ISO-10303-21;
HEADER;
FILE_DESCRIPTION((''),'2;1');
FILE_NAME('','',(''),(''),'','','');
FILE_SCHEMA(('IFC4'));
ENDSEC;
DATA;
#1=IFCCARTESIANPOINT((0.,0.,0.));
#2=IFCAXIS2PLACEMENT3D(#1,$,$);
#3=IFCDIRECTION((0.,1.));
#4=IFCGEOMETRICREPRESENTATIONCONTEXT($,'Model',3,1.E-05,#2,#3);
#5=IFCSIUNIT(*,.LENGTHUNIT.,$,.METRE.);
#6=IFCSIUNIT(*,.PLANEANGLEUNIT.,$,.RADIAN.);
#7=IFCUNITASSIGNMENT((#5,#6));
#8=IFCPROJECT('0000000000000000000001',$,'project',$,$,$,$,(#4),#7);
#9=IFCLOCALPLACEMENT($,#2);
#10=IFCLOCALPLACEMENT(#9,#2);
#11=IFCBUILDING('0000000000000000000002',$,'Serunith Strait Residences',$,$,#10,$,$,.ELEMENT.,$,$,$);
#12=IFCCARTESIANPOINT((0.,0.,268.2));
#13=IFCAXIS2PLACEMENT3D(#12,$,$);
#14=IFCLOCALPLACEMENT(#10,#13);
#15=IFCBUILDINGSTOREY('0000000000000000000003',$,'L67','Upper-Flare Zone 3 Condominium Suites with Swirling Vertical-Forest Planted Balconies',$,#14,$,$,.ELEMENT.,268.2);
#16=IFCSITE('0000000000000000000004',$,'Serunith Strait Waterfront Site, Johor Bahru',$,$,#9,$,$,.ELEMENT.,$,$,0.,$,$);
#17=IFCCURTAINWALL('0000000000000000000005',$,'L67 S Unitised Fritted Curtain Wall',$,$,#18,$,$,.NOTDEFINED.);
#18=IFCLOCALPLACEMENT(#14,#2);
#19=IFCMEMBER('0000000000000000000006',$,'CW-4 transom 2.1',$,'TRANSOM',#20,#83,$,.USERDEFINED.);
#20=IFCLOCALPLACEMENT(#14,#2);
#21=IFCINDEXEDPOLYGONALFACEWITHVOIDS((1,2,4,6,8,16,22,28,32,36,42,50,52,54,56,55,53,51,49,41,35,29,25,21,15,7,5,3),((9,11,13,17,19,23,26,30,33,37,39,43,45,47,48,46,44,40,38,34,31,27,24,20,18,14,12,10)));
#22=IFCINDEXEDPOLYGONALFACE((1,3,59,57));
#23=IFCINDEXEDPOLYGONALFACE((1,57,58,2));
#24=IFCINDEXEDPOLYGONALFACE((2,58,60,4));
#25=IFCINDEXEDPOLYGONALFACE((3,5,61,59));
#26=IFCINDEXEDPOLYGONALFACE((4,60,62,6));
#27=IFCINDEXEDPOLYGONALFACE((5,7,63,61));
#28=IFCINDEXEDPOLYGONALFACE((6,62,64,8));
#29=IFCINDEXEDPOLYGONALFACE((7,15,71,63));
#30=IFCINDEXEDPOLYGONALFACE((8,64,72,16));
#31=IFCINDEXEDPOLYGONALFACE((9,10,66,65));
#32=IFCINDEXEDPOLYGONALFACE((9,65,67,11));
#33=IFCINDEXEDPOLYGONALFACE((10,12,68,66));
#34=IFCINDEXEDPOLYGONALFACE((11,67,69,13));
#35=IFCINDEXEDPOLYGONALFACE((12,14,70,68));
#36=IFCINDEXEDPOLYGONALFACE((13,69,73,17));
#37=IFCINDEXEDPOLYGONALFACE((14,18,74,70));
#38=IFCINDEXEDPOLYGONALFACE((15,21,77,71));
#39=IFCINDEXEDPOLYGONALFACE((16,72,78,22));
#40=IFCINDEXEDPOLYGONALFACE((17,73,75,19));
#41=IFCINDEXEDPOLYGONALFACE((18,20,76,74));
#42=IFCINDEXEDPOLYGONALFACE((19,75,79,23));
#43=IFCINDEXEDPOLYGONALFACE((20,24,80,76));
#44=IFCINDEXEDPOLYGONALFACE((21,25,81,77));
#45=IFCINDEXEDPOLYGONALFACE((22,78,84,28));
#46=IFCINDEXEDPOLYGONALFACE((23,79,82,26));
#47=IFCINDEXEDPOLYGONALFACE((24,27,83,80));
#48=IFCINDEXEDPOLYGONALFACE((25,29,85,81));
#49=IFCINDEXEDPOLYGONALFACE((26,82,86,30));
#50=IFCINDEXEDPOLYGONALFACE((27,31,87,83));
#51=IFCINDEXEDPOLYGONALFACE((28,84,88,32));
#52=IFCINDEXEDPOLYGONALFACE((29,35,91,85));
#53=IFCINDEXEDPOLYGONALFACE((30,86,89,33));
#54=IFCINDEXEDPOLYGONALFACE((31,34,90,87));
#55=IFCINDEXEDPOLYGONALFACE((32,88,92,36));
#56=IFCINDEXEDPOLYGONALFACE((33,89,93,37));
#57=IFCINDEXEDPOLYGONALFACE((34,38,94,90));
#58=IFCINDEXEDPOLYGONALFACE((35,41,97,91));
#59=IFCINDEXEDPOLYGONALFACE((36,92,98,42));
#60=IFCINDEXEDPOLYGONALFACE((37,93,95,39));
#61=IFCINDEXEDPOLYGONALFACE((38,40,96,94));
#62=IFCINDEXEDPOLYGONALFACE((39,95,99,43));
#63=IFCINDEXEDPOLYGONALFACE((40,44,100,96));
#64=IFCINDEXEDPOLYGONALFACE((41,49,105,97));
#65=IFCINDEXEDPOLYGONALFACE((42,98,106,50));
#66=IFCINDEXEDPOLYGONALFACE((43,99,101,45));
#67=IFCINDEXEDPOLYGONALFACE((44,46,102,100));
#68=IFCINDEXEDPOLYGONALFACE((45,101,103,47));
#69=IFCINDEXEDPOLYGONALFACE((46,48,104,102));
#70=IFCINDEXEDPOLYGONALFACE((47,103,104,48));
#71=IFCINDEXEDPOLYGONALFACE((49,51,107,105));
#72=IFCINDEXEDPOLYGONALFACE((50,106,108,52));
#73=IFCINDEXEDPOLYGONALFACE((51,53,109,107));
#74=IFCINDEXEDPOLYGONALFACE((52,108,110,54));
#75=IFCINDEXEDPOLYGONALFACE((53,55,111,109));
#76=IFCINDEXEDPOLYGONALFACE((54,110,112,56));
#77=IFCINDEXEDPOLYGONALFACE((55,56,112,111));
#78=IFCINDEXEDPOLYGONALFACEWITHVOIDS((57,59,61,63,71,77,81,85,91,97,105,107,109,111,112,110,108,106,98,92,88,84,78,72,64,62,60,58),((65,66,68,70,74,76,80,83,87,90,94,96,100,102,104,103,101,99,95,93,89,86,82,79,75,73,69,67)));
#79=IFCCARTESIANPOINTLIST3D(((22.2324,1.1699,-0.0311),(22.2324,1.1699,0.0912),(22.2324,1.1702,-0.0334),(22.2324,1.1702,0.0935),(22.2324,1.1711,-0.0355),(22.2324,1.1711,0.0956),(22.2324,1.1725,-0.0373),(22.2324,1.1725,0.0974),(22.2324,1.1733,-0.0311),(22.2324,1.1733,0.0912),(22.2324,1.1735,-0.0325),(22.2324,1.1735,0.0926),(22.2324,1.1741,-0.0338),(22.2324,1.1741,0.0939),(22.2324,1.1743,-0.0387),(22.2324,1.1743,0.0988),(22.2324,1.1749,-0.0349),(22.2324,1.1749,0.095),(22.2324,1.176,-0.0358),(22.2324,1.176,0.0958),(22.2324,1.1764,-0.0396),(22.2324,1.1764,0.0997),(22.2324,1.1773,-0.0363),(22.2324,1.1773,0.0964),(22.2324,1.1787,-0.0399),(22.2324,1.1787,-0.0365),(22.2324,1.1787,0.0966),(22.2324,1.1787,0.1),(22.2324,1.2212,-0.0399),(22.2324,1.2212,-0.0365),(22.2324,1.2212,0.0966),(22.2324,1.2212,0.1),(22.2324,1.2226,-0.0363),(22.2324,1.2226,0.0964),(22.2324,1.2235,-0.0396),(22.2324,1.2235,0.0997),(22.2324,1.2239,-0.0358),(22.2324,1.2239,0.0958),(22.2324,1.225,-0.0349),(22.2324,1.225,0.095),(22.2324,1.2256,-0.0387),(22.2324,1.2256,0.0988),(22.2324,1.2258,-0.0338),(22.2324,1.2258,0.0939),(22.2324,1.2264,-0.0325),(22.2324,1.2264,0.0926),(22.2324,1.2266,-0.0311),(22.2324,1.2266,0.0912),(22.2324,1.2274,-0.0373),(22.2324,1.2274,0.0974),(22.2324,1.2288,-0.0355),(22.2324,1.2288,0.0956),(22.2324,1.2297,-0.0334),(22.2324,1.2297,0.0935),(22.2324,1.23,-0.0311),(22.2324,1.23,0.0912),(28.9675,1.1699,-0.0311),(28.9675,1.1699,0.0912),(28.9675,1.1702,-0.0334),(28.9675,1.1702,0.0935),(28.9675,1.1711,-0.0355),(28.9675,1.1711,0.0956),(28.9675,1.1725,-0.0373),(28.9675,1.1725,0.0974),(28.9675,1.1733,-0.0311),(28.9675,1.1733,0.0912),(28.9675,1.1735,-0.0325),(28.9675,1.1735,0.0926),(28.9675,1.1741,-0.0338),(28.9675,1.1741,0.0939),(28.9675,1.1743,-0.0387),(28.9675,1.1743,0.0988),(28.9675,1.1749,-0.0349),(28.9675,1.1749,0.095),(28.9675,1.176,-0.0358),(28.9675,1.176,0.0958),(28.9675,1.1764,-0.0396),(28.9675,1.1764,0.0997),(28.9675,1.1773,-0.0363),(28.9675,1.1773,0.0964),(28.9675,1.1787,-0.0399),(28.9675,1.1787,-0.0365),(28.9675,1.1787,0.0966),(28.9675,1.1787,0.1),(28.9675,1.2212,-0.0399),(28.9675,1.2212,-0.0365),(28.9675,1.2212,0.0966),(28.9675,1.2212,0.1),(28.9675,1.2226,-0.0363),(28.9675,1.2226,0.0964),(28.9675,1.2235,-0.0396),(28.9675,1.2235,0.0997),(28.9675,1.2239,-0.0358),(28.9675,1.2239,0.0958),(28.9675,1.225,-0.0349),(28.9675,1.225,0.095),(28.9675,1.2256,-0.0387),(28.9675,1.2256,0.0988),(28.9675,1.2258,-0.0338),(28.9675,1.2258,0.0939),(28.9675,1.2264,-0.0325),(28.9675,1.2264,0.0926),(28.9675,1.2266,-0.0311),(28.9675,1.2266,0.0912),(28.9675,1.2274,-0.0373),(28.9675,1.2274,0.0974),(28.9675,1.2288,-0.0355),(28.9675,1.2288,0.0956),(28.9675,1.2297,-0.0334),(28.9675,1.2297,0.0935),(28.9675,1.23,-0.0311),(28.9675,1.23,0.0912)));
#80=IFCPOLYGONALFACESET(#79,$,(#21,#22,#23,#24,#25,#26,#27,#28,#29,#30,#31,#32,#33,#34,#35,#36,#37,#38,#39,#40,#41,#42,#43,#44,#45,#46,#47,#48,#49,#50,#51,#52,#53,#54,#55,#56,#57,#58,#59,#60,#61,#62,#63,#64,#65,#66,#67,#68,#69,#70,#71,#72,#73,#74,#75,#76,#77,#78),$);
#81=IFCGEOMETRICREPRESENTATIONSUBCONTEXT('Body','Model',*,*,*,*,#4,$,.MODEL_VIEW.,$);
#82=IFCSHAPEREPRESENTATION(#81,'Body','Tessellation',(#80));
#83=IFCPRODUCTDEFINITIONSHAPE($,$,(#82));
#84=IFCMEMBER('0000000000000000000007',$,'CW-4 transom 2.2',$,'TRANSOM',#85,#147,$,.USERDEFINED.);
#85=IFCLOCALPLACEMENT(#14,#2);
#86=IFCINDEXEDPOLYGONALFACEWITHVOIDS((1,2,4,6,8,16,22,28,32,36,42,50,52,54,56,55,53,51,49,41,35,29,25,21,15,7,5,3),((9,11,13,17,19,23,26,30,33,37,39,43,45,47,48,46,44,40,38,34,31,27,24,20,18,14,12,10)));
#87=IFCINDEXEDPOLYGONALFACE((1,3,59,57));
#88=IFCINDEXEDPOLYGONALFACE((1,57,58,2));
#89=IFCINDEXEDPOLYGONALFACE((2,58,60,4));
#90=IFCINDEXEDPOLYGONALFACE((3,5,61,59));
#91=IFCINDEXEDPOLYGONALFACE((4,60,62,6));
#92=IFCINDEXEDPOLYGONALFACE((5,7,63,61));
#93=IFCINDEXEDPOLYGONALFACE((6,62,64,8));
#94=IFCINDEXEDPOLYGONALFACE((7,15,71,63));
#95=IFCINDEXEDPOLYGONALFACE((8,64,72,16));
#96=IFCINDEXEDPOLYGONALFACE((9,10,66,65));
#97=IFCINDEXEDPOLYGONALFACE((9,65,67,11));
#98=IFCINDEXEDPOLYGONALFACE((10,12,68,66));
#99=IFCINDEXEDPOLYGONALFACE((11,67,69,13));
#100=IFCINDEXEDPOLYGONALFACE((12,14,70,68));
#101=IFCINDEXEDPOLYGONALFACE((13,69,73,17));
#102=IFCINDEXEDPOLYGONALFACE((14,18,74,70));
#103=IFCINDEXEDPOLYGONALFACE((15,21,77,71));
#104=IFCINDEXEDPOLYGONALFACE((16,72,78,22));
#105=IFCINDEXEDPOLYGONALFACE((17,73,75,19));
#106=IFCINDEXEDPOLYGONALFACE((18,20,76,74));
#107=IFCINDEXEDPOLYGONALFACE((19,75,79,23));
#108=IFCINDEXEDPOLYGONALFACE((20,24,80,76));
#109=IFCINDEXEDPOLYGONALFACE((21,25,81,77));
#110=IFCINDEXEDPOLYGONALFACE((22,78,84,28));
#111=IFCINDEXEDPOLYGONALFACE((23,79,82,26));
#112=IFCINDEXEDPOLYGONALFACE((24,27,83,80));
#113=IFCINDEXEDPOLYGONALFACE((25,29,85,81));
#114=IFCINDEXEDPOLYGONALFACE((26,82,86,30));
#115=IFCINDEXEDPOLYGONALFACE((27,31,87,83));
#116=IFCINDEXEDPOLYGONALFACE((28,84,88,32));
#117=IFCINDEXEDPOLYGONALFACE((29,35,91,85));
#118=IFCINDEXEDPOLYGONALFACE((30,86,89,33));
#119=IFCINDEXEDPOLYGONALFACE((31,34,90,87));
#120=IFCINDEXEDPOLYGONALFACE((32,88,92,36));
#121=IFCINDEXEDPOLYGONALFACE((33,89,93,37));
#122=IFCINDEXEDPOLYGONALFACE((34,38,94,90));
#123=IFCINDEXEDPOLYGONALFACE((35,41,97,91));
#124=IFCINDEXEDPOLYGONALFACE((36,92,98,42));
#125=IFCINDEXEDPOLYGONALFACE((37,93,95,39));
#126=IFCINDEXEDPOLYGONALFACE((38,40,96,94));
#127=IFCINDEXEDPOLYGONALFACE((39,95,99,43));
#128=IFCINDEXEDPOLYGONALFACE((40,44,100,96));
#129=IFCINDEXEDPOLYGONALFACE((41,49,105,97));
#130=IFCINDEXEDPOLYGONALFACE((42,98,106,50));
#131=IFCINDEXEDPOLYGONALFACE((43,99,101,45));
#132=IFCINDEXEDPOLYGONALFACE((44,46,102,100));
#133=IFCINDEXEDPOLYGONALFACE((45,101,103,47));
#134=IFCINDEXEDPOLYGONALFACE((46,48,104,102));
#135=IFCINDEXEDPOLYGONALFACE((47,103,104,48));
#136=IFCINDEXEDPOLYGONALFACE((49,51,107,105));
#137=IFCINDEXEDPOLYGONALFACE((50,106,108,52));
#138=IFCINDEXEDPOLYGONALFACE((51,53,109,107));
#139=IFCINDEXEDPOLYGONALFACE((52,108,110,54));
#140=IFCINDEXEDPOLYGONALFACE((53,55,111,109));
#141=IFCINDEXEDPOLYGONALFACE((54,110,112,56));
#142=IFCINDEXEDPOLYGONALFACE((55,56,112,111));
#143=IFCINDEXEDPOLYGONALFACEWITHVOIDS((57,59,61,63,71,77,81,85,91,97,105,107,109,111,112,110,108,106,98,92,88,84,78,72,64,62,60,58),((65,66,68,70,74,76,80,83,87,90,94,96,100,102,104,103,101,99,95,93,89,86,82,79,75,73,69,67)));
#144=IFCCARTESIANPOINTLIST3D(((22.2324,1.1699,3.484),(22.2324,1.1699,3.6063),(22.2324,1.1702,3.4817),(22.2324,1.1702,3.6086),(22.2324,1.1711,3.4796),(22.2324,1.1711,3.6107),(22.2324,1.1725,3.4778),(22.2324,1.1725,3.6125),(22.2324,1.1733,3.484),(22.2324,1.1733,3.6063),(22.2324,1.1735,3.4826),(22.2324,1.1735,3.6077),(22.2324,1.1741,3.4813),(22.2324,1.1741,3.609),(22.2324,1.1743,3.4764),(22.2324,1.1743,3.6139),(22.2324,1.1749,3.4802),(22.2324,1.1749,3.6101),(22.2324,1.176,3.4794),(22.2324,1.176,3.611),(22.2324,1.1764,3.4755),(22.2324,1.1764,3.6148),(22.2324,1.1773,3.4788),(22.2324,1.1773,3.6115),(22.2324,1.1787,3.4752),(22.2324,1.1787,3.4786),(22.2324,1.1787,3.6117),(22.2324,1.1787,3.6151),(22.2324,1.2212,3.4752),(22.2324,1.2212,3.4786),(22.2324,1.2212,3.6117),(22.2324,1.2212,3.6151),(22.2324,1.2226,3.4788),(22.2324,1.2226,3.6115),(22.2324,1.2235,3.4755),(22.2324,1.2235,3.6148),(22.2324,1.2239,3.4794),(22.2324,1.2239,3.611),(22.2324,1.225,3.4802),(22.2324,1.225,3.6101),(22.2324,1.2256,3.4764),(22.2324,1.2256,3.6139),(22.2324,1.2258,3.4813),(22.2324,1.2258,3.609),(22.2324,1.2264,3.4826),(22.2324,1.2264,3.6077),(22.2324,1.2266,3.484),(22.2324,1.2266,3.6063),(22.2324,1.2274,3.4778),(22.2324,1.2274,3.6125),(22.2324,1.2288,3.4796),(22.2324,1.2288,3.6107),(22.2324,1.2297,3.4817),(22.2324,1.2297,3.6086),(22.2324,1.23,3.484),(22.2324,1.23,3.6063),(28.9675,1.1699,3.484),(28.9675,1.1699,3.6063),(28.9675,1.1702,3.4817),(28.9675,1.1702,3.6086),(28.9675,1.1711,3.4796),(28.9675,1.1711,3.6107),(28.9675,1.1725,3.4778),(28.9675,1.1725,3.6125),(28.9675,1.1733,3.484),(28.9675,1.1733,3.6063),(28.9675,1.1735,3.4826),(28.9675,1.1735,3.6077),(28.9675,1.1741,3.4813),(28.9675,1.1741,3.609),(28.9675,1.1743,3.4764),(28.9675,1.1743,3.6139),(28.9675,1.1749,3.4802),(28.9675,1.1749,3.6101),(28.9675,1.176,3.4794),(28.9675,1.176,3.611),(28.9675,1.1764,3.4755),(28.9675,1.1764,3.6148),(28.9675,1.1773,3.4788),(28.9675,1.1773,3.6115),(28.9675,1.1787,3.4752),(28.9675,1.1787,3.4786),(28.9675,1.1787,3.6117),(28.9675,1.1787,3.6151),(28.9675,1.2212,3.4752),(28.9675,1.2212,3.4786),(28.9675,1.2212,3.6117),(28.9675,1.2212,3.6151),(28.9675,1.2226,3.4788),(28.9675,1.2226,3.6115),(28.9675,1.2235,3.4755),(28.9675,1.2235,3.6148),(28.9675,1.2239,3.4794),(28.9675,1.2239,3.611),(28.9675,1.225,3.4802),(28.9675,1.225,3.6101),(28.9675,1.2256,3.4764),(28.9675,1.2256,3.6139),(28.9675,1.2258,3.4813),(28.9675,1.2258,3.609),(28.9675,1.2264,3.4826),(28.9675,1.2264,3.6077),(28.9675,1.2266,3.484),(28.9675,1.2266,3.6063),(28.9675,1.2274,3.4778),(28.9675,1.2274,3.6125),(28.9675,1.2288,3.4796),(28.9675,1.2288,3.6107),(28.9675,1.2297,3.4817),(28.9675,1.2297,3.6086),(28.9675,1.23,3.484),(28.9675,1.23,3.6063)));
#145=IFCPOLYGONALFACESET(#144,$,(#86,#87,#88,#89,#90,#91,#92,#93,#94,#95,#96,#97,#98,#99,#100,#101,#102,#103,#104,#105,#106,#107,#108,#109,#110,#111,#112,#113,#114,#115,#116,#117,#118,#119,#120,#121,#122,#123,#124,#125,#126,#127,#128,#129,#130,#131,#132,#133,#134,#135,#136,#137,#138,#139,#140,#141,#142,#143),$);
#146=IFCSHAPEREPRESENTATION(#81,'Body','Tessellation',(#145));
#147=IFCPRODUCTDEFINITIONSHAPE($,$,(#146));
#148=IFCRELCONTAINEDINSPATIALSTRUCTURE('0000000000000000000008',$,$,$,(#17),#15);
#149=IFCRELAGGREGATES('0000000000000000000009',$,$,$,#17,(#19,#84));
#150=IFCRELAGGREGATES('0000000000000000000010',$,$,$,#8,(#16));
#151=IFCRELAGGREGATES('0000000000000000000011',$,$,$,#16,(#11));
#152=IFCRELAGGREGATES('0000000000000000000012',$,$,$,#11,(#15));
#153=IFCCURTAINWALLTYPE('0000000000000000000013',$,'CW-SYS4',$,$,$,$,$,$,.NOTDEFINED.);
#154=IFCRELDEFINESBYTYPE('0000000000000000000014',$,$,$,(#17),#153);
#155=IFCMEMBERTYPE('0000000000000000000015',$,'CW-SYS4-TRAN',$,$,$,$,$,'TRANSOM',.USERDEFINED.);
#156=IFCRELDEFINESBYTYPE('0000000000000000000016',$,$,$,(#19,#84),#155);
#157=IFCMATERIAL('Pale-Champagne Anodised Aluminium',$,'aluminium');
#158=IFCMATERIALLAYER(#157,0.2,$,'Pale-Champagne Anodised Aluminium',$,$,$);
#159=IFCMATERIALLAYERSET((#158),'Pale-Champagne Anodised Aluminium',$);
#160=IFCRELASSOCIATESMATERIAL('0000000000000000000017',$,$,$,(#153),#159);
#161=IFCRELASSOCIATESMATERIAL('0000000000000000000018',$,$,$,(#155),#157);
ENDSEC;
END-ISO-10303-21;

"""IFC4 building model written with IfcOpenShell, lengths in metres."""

from ifc_helpers import new_model, si_unit, direction, frame, origin, origin_2d, place, context, subcontext, project, spatial, hollow_rectangle, extrude, source, transform, mapped, material, layer, layer_set, material_profile, profile_set, type_object, element, aggregate, save


model = new_model("IFC4")

# Units and contexts
model_context = context("Model", 3, precision=1e-05, world=origin(), true_north=direction((0.0, 1.0)))
body_context = subcontext(model_context, "Body", "Model", "MODEL_VIEW")
ifc_project = project(units=[si_unit("LENGTHUNIT", "METRE"), si_unit("PLANEANGLEUNIT", "RADIAN")], contexts=[model_context])

# Site, building, storey
site_placement = place(None, origin())
site = spatial("IfcSite", under=ifc_project, at=site_placement, Name="Serunith Strait Waterfront Site, Johor Bahru", CompositionType="ELEMENT", RefElevation=0.0)
building_placement = place(site_placement, origin())
building = spatial("IfcBuilding", under=site, at=building_placement, Name="Serunith Strait Residences", CompositionType="ELEMENT")
storey_placement = place(building_placement, frame((0.0, 0.0, 268.2)))
storey = spatial("IfcBuildingStorey", under=building, at=storey_placement, Name="L67", Description="Upper-Flare Zone 3 Condominium Suites with Swirling Vertical-Forest Planted Balconies", CompositionType="ELEMENT", Elevation=268.2)

# Curtain wall, members
ifc_material_1 = material(Name="Pale-Champagne Anodised Aluminium", Category="aluminium")
ifc_layer_1 = layer(ifc_material_1, 0.2, Name="Pale-Champagne Anodised Aluminium")
ifc_layer_set_1 = layer_set([ifc_layer_1], Name="Pale-Champagne Anodised Aluminium")
curtain_wall_type = type_object("IfcCurtainWallType", Name="CW-SYS4", PredefinedType="NOTDEFINED", material=ifc_layer_set_1)
curtain_wall_placement = place(storey_placement, origin())
curtain_wall = element("IfcCurtainWall", 1, at=curtain_wall_placement, inside=storey, type_object=curtain_wall_type, Name="L67 S Unitised Fritted Curtain Wall", PredefinedType="NOTDEFINED")
ifc_material_profile_1 = material_profile(ifc_material_1, hollow_rectangle(XDim=0.0601, YDim=0.1399, WallThickness=0.0034, InnerFilletRadius=0.0054, OuterFilletRadius=0.0088, at=origin_2d()), Name="ALU 140x60x3.5")
ifc_profile_set_1 = profile_set([ifc_material_profile_1], Name="Pale-Champagne Anodised Aluminium")
member_type_1 = type_object("IfcMemberType", Name="CW-SYS4-TRAN", ElementType="TRANSOM", PredefinedType="USERDEFINED", material=ifc_profile_set_1)
shared_shape_1 = source(origin(), body_context, "Body", "SweptSolid", [
    extrude(hollow_rectangle(XDim=0.0601, YDim=0.1399, WallThickness=0.0034, InnerFilletRadius=0.0054, OuterFilletRadius=0.0088, at=origin_2d()), origin(), (0.0, 0.0, 1.0), 6.7351),
])
member_1_placement = place(storey_placement, frame((22.2324, 1.2, 0.03), z_axis=(1.0, 0.0, 0.0), x_axis=(0.0, 1.0, 0.0)))
member_1 = element("IfcMember", 2, at=member_1_placement, type_object=member_type_1, Name="CW-4 transom 2.1", ObjectType="TRANSOM", PredefinedType="USERDEFINED", context=body_context, shape_type="MappedRepresentation", body=[
    mapped(shared_shape_1, transform((0.0, 0.0, 0.0), scale=1.0)),
])
member_2_placement = place(storey_placement, frame((22.2324, 1.2, 3.5452), z_axis=(1.0, 0.0, 0.0), x_axis=(0.0, 1.0, 0.0)))
member_2 = element("IfcMember", 3, at=member_2_placement, type_object=member_type_1, Name="CW-4 transom 2.2", ObjectType="TRANSOM", PredefinedType="USERDEFINED", context=body_context, shape_type="MappedRepresentation", body=[
    mapped(shared_shape_1, transform((0.0, 0.0, 0.0), scale=1.0)),
])
aggregate(curtain_wall, [member_1, member_2])

save(model, "model.ifc")
